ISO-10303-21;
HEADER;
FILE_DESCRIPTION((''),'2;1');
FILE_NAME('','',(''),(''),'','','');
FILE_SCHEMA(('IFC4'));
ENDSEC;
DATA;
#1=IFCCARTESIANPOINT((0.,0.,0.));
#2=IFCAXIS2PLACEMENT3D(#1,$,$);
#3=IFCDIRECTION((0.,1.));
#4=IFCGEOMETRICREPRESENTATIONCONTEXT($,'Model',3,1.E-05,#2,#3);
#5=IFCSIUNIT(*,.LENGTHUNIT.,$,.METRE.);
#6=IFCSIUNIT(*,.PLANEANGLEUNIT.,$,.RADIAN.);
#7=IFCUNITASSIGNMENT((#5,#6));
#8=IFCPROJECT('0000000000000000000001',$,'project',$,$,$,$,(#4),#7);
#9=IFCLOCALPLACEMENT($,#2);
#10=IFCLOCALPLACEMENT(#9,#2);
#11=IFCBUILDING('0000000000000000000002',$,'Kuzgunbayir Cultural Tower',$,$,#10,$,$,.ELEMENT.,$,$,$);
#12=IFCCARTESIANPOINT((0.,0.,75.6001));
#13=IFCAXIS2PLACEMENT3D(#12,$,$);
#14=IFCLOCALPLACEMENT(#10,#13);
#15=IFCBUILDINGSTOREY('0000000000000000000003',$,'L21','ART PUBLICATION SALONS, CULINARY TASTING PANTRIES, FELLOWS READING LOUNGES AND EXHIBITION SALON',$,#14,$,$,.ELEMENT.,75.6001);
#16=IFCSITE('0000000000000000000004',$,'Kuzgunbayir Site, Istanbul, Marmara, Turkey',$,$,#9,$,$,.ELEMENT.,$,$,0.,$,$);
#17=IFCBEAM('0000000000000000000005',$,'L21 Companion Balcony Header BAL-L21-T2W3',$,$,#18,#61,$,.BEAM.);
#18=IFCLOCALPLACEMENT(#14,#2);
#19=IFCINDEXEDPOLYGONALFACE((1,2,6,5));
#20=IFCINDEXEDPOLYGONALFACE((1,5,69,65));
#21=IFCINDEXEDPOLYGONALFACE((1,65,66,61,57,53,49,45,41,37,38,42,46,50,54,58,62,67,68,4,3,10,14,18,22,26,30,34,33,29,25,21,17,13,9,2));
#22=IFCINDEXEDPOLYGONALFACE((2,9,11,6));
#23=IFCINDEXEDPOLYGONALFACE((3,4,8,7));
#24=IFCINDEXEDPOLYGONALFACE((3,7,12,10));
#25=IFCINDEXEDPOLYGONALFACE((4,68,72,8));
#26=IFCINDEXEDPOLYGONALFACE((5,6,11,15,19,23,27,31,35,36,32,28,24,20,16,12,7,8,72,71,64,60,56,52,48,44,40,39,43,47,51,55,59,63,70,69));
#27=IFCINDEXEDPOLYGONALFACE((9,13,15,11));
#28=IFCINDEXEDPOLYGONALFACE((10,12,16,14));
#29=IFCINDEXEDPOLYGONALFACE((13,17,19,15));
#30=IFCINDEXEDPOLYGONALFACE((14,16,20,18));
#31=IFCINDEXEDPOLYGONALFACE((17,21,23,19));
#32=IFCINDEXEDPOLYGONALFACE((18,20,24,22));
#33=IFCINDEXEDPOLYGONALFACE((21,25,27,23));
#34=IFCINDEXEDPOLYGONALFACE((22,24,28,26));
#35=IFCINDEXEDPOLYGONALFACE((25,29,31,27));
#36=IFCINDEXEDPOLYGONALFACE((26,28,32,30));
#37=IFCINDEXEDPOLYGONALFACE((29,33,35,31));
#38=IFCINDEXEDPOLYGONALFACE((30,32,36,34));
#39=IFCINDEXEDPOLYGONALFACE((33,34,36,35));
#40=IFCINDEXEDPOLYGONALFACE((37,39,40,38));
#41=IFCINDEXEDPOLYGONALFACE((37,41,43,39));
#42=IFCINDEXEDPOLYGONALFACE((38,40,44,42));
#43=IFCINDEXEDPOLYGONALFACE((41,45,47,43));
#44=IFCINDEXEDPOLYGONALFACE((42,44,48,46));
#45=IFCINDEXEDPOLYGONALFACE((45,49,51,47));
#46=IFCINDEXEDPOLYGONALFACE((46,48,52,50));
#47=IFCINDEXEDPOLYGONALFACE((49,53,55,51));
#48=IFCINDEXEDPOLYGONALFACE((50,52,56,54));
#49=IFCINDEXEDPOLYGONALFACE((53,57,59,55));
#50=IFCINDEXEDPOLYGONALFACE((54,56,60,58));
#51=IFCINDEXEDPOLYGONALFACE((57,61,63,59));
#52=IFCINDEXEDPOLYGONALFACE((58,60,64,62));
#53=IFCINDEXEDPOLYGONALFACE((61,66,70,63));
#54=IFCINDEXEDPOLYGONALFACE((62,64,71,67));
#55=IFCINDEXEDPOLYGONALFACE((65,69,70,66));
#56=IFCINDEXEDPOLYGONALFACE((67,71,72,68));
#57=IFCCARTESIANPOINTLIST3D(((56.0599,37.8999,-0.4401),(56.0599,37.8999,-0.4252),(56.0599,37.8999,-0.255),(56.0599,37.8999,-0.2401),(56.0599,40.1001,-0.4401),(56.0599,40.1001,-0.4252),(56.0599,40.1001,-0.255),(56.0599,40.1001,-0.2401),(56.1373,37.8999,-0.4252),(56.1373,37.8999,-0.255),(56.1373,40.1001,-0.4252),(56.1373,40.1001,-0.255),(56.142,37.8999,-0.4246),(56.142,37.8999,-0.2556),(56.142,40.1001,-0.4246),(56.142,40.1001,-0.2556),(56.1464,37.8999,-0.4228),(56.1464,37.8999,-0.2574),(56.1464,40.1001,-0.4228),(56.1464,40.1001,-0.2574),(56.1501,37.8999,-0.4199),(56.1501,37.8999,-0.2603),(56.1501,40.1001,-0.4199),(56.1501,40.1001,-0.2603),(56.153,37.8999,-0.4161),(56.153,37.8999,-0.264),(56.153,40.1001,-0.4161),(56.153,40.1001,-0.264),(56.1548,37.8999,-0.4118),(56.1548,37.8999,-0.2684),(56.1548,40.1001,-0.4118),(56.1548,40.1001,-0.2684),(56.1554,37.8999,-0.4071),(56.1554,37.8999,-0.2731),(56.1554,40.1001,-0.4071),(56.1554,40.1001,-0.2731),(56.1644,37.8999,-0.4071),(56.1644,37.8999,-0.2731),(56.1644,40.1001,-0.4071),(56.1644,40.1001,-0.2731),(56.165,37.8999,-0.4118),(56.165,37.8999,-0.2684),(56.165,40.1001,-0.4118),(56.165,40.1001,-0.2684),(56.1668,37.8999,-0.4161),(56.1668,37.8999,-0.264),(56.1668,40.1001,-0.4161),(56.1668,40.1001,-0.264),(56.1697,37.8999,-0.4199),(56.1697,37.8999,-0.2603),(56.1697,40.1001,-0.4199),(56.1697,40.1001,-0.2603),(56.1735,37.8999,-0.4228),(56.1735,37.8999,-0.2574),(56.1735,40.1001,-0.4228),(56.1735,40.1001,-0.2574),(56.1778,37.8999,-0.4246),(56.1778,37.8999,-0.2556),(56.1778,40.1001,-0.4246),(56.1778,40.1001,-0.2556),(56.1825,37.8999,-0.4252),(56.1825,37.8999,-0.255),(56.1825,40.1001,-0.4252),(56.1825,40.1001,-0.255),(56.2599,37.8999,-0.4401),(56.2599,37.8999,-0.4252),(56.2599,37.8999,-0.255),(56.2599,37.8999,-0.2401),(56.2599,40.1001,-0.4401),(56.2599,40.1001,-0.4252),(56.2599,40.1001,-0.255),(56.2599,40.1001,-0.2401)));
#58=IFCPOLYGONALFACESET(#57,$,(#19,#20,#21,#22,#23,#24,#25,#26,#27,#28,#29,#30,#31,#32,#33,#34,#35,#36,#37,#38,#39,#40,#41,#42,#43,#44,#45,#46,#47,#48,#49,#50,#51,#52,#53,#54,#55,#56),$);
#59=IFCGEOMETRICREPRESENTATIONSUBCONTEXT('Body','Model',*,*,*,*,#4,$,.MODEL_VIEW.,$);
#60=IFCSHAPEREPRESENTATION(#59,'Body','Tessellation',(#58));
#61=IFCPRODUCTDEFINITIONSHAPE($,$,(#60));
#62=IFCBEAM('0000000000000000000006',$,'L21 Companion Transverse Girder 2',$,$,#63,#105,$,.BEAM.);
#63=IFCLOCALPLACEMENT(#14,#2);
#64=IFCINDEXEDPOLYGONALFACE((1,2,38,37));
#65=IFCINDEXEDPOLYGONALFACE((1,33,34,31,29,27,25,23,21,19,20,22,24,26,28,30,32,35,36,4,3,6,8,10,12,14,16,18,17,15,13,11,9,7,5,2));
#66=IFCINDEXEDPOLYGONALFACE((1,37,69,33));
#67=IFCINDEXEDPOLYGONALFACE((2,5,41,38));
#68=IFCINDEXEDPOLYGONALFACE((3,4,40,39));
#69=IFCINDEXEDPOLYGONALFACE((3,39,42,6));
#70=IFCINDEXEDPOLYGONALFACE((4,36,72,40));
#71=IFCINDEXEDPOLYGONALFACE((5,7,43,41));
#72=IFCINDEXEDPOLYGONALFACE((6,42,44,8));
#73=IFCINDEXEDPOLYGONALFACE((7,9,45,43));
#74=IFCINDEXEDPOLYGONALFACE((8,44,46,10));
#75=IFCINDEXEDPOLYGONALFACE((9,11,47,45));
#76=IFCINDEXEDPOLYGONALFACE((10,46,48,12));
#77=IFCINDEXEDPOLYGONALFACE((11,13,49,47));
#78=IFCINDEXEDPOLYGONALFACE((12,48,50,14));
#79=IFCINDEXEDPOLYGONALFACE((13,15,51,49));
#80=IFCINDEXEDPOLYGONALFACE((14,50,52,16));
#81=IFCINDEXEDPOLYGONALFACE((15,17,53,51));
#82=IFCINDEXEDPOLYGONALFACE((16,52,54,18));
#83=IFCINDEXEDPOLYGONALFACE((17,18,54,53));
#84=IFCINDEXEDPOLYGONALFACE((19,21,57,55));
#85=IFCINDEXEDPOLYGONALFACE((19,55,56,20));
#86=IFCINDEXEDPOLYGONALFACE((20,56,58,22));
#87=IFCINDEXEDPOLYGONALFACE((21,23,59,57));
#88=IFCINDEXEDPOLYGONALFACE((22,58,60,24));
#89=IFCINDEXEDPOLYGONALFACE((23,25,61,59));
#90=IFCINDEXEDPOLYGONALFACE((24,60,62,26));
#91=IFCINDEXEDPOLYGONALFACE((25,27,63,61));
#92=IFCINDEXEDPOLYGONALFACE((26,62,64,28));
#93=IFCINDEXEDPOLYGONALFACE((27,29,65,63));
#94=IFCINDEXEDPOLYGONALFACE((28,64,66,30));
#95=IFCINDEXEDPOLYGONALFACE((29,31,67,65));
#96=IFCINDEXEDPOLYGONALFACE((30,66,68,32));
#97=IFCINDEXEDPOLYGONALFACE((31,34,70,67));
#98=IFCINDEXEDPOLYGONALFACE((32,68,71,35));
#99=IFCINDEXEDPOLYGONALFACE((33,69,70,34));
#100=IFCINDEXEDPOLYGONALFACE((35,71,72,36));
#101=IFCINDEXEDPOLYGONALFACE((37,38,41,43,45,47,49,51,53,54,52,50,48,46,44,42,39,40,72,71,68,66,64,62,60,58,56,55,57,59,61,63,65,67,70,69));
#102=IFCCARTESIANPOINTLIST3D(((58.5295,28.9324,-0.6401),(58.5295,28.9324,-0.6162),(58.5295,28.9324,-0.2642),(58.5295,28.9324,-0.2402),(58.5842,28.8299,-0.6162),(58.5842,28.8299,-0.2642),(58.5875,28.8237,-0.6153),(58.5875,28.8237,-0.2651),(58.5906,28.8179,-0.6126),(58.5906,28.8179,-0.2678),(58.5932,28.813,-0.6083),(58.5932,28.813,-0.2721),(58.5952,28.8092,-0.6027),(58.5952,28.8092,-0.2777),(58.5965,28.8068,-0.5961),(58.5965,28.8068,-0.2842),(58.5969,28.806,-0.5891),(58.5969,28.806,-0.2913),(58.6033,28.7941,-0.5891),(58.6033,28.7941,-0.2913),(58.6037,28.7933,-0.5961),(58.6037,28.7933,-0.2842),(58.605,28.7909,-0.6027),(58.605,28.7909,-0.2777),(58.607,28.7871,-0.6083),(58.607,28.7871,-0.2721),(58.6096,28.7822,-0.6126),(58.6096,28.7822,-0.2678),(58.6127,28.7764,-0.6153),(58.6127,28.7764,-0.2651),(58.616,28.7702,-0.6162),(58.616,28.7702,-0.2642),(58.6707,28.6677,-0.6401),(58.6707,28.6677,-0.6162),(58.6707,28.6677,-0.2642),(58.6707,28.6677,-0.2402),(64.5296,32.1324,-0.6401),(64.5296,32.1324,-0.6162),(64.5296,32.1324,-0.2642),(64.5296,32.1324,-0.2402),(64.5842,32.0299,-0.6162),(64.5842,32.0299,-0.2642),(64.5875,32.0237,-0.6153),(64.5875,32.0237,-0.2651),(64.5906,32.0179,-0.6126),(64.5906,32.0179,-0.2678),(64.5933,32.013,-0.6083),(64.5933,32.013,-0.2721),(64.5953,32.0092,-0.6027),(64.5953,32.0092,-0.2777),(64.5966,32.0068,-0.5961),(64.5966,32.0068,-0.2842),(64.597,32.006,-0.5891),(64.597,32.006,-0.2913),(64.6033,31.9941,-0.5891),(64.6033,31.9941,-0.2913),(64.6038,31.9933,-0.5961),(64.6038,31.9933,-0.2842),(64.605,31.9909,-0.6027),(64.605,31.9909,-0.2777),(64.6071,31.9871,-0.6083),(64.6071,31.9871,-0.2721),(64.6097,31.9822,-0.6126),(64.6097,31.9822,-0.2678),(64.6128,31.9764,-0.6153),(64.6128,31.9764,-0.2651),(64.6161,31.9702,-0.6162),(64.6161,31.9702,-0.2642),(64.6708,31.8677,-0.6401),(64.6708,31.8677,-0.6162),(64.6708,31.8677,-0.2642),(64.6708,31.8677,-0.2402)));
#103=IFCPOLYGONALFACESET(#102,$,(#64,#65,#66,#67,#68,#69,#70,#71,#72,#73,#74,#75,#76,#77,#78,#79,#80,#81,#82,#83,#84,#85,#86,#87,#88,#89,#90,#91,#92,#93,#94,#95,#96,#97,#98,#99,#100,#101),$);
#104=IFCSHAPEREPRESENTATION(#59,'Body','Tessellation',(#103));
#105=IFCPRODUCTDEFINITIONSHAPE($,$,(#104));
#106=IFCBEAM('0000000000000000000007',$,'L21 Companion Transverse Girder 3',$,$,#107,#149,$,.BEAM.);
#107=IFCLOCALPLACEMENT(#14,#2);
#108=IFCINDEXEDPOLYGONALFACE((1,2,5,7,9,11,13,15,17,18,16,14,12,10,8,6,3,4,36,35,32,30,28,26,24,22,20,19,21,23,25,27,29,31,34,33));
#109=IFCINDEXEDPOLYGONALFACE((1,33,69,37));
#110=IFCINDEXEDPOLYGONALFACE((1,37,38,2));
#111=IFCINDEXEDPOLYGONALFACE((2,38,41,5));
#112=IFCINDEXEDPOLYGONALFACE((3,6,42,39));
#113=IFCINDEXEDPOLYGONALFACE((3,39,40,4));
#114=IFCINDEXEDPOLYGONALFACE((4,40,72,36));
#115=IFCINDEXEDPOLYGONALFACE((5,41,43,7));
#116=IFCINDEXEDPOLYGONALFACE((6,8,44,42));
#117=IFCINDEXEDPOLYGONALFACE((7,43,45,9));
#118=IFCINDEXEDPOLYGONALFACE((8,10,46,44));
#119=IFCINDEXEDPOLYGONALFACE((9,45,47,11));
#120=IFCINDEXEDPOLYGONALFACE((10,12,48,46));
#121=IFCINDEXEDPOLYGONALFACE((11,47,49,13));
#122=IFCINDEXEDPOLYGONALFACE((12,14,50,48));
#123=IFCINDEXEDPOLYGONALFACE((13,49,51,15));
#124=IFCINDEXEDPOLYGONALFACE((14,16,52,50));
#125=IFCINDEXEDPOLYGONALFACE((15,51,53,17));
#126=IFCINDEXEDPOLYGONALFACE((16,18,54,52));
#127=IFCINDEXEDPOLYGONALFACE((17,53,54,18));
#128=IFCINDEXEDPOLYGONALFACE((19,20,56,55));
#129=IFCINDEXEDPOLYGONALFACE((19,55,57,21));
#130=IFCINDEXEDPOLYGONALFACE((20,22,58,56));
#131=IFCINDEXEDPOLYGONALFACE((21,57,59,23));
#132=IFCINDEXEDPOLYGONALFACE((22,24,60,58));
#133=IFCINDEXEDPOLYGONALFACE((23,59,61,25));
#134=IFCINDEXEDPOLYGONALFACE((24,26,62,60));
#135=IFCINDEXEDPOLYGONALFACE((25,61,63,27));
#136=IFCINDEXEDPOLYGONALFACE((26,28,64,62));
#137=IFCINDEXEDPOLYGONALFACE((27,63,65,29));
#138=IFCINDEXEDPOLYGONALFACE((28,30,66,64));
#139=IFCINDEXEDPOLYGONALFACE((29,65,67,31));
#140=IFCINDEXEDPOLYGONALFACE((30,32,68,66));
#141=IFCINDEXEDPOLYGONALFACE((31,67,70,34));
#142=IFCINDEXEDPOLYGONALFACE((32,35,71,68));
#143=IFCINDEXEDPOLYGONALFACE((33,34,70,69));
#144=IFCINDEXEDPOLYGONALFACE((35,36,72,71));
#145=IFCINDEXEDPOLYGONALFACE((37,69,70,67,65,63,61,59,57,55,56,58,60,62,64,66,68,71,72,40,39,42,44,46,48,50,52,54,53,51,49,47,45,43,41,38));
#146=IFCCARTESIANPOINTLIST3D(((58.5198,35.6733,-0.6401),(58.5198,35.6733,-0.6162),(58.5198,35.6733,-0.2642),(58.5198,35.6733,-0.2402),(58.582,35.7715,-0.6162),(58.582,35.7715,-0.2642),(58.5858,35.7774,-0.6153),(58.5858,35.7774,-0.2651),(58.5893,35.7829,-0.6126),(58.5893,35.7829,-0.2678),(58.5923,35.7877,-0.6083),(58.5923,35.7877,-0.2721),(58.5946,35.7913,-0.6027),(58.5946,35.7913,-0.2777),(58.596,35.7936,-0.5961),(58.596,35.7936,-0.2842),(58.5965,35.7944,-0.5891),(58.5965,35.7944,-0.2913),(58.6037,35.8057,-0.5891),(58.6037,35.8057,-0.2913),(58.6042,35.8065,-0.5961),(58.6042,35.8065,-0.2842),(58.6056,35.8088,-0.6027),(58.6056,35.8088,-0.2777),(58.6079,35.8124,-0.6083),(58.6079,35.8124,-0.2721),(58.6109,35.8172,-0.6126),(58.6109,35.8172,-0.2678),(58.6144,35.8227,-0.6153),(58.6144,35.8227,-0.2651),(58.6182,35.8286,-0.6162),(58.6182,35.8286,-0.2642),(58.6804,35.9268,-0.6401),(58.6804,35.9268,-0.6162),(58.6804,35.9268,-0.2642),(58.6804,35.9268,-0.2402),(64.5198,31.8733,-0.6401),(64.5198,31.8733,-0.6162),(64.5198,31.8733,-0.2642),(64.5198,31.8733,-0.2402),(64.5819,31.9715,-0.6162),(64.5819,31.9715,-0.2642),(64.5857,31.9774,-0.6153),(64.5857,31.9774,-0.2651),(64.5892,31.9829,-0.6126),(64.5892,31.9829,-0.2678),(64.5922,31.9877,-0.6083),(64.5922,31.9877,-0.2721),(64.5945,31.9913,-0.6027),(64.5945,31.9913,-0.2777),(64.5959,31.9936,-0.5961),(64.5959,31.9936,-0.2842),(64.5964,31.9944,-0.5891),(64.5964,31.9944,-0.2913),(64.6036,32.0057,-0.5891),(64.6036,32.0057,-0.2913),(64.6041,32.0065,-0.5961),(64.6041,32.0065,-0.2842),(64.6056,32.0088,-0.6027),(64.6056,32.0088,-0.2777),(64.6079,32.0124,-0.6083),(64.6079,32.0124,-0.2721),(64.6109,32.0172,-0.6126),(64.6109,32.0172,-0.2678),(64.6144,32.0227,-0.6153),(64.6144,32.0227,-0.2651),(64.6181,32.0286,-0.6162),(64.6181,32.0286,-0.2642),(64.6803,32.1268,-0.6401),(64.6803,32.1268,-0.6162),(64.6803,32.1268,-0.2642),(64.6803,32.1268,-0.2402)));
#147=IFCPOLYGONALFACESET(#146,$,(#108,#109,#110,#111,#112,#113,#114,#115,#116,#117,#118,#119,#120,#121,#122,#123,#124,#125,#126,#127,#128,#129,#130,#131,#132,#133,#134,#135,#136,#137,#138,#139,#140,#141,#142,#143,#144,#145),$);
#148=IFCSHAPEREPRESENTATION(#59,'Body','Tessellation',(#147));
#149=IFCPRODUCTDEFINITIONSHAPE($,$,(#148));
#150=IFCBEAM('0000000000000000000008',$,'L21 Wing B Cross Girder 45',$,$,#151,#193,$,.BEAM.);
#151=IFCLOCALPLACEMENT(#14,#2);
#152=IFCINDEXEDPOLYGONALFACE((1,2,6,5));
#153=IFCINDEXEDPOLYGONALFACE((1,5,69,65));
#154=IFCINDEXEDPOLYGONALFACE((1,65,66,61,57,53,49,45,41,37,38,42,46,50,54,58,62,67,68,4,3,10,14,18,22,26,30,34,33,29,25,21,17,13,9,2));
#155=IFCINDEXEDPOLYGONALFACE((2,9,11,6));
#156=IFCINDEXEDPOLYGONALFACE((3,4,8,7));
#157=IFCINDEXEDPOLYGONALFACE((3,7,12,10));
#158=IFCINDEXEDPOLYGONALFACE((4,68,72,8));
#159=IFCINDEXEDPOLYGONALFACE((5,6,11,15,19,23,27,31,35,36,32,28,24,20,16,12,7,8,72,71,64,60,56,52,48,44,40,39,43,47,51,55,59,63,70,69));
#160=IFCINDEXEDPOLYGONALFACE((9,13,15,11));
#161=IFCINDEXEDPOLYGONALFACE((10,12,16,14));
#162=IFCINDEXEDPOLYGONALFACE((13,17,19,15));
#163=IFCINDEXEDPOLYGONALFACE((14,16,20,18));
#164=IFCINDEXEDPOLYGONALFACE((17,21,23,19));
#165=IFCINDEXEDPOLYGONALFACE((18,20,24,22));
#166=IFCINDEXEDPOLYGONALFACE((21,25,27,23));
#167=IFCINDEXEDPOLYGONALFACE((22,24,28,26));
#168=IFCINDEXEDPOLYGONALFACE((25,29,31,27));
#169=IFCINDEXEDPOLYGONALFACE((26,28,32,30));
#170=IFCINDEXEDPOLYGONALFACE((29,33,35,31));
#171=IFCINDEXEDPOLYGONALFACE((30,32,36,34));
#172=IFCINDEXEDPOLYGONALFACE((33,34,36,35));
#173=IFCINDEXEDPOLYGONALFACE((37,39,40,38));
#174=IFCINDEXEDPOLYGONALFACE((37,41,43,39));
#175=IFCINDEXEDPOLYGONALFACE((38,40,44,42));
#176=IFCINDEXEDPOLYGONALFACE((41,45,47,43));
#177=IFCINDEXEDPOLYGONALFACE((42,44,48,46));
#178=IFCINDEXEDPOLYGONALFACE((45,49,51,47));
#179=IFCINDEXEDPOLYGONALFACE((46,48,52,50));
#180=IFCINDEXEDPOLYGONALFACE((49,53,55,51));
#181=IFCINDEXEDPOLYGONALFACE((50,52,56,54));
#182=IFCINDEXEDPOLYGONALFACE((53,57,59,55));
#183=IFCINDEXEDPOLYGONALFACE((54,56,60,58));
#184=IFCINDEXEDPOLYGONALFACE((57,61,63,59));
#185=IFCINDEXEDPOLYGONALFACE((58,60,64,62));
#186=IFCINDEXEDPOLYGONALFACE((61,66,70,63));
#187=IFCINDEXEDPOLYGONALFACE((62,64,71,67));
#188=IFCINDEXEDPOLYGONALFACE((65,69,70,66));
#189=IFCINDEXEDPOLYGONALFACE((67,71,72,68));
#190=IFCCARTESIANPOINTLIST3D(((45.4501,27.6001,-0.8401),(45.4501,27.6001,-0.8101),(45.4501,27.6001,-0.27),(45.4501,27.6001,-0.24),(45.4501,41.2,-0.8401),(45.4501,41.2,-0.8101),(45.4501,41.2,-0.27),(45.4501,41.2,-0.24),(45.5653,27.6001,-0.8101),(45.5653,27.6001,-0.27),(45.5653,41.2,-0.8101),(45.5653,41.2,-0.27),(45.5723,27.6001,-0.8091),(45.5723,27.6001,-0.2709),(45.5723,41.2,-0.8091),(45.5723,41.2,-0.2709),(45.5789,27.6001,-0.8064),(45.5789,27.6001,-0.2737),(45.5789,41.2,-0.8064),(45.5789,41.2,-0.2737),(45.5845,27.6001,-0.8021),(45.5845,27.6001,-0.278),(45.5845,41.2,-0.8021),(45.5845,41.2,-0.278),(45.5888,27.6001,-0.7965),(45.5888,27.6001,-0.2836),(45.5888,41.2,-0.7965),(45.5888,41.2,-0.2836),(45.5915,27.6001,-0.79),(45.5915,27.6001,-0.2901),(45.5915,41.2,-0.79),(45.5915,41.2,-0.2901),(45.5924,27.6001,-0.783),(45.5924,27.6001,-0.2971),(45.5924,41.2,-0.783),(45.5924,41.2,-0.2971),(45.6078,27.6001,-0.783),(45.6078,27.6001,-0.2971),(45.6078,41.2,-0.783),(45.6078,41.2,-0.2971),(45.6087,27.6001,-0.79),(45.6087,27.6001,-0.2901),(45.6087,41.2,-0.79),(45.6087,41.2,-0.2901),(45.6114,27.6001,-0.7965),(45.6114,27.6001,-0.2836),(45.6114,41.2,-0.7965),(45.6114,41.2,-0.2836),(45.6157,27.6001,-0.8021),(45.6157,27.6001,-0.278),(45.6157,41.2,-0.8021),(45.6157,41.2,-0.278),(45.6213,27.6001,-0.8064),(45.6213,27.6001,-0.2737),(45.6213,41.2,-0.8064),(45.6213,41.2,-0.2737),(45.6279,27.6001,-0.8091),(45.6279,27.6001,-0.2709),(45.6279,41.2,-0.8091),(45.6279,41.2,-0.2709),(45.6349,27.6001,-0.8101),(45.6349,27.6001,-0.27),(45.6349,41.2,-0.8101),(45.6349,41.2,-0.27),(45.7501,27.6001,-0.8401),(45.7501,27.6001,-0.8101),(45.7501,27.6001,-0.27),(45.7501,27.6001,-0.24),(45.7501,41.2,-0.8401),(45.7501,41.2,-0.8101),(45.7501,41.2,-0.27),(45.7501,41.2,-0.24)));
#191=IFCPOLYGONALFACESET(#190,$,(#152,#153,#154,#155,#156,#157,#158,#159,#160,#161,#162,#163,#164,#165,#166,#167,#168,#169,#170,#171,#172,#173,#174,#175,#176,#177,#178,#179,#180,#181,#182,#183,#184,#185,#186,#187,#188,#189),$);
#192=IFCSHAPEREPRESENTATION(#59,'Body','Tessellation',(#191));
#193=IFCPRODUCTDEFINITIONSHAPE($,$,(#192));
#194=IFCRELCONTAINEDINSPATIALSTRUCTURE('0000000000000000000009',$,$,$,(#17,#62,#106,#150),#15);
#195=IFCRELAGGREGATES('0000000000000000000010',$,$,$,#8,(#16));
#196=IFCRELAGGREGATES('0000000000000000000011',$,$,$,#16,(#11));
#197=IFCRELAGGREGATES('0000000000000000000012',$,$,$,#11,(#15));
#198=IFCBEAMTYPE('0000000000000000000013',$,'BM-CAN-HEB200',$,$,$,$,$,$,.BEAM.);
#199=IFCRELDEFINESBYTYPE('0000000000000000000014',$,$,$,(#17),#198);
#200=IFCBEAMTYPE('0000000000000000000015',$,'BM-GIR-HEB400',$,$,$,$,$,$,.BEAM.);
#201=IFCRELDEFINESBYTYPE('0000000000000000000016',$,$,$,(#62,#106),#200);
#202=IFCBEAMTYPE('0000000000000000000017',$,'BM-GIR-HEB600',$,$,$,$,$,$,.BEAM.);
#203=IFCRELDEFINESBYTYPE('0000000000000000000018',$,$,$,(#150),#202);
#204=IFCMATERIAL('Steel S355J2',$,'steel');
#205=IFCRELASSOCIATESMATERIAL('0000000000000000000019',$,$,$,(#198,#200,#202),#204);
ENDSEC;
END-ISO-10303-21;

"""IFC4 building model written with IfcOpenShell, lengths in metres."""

from ifc_helpers import new_model, si_unit, direction, frame, origin, origin_2d, place, context, subcontext, project, spatial, i_section, extrude, material, material_profile, profile_set, type_object, element, save


model = new_model("IFC4")

# Units and contexts
model_context = context("Model", 3, precision=1e-05, world=origin(), true_north=direction((0.0, 1.0)))
body_context = subcontext(model_context, "Body", "Model", "MODEL_VIEW")
ifc_project = project(units=[si_unit("LENGTHUNIT", "METRE"), si_unit("PLANEANGLEUNIT", "RADIAN")], contexts=[model_context])

# Site, building, storey
site_placement = place(None, origin())
site = spatial("IfcSite", under=ifc_project, at=site_placement, Name="Kuzgunbayir Site, Istanbul, Marmara, Turkey", CompositionType="ELEMENT", RefElevation=0.0)
building_placement = place(site_placement, origin())
building = spatial("IfcBuilding", under=site, at=building_placement, Name="Kuzgunbayir Cultural Tower", CompositionType="ELEMENT")
storey_placement = place(building_placement, frame((0.0, 0.0, 75.6001)))
storey = spatial("IfcBuildingStorey", under=building, at=storey_placement, Name="L21", Description="ART PUBLICATION SALONS, CULINARY TASTING PANTRIES, FELLOWS READING LOUNGES AND EXHIBITION SALON", CompositionType="ELEMENT", Elevation=75.6001)

# Beams
ifc_material_1 = material(Name="Steel S355J2", Category="steel")
ifc_material_profile_1 = material_profile(ifc_material_1, i_section(OverallWidth=0.2, OverallDepth=0.2, WebThickness=0.009, FlangeThickness=0.0149, FilletRadius=0.0181, at=origin_2d()), Name="HEB 200")
ifc_profile_set_1 = profile_set([ifc_material_profile_1], Name="Steel S355J2")
beam_type_1 = type_object("IfcBeamType", Name="BM-CAN-HEB200", PredefinedType="BEAM", material=ifc_profile_set_1)
beam_1_placement = place(storey_placement, frame((56.1599, 37.8999, -0.3401), z_axis=(0.0, 1.0, 0.0), x_axis=(-1.0, 0.0, 0.0)))
element("IfcBeam", 1, at=beam_1_placement, inside=storey, type_object=beam_type_1, Name="L21 Companion Balcony Header BAL-L21-T2W3", PredefinedType="BEAM", context=body_context, shape_type="SweptSolid", body=[
    extrude(i_section(OverallWidth=0.2, OverallDepth=0.2, WebThickness=0.009, FlangeThickness=0.0149, FilletRadius=0.0181, at=origin_2d()), origin(), (0.0, 0.0, 1.0), 2.2002),
])
ifc_material_profile_2 = material_profile(ifc_material_1, i_section(OverallWidth=0.3, OverallDepth=0.3999, WebThickness=0.0134, FlangeThickness=0.0239, FilletRadius=0.0271, at=origin_2d()), Name="HEB 400")
ifc_profile_set_2 = profile_set([ifc_material_profile_2], Name="Steel S355J2")
beam_type_2 = type_object("IfcBeamType", Name="BM-GIR-HEB400", PredefinedType="BEAM", material=ifc_profile_set_2)
beam_2_placement = place(storey_placement, frame((58.6001, 28.8, -0.4402), z_axis=(0.882356, 0.470583, 0.0), x_axis=(-0.470583, 0.882356, 0.0)))
element("IfcBeam", 2, at=beam_2_placement, inside=storey, type_object=beam_type_2, Name="L21 Companion Transverse Girder 2", PredefinedType="BEAM", context=body_context, shape_type="SweptSolid", body=[
    extrude(i_section(OverallWidth=0.3, OverallDepth=0.3999, WebThickness=0.0134, FlangeThickness=0.0239, FilletRadius=0.0271, at=origin_2d()), origin(), (0.0, 0.0, 1.0), 6.8),
])
beam_3_placement = place(storey_placement, frame((58.6001, 35.8, -0.4402), z_axis=(0.844816, -0.535057, 0.0), x_axis=(0.535057, 0.844816, 0.0)))
element("IfcBeam", 3, at=beam_3_placement, inside=storey, type_object=beam_type_2, Name="L21 Companion Transverse Girder 3", PredefinedType="BEAM", context=body_context, shape_type="SweptSolid", body=[
    extrude(i_section(OverallWidth=0.3, OverallDepth=0.3999, WebThickness=0.0134, FlangeThickness=0.0239, FilletRadius=0.0271, at=origin_2d()), origin(), (0.0, 0.0, 1.0), 7.1021),
])
ifc_material_profile_3 = material_profile(ifc_material_1, i_section(OverallWidth=0.3, OverallDepth=0.6001, WebThickness=0.0154, FlangeThickness=0.03, FilletRadius=0.0271, at=origin_2d()), Name="HEB 600")
ifc_profile_set_3 = profile_set([ifc_material_profile_3], Name="Steel S355J2")
beam_type_3 = type_object("IfcBeamType", Name="BM-GIR-HEB600", PredefinedType="BEAM", material=ifc_profile_set_3)
beam_4_placement = place(storey_placement, frame((45.6001, 27.6001, -0.54), z_axis=(0.0, 1.0, 0.0), x_axis=(-1.0, 0.0, 0.0)))
element("IfcBeam", 4, at=beam_4_placement, inside=storey, type_object=beam_type_3, Name="L21 Wing B Cross Girder 45", PredefinedType="BEAM", context=body_context, shape_type="SweptSolid", body=[
    extrude(i_section(OverallWidth=0.3, OverallDepth=0.6001, WebThickness=0.0154, FlangeThickness=0.03, FilletRadius=0.0271, at=origin_2d()), origin(), (0.0, 0.0, 1.0), 13.5999),
])

save(model, "model.ifc")
